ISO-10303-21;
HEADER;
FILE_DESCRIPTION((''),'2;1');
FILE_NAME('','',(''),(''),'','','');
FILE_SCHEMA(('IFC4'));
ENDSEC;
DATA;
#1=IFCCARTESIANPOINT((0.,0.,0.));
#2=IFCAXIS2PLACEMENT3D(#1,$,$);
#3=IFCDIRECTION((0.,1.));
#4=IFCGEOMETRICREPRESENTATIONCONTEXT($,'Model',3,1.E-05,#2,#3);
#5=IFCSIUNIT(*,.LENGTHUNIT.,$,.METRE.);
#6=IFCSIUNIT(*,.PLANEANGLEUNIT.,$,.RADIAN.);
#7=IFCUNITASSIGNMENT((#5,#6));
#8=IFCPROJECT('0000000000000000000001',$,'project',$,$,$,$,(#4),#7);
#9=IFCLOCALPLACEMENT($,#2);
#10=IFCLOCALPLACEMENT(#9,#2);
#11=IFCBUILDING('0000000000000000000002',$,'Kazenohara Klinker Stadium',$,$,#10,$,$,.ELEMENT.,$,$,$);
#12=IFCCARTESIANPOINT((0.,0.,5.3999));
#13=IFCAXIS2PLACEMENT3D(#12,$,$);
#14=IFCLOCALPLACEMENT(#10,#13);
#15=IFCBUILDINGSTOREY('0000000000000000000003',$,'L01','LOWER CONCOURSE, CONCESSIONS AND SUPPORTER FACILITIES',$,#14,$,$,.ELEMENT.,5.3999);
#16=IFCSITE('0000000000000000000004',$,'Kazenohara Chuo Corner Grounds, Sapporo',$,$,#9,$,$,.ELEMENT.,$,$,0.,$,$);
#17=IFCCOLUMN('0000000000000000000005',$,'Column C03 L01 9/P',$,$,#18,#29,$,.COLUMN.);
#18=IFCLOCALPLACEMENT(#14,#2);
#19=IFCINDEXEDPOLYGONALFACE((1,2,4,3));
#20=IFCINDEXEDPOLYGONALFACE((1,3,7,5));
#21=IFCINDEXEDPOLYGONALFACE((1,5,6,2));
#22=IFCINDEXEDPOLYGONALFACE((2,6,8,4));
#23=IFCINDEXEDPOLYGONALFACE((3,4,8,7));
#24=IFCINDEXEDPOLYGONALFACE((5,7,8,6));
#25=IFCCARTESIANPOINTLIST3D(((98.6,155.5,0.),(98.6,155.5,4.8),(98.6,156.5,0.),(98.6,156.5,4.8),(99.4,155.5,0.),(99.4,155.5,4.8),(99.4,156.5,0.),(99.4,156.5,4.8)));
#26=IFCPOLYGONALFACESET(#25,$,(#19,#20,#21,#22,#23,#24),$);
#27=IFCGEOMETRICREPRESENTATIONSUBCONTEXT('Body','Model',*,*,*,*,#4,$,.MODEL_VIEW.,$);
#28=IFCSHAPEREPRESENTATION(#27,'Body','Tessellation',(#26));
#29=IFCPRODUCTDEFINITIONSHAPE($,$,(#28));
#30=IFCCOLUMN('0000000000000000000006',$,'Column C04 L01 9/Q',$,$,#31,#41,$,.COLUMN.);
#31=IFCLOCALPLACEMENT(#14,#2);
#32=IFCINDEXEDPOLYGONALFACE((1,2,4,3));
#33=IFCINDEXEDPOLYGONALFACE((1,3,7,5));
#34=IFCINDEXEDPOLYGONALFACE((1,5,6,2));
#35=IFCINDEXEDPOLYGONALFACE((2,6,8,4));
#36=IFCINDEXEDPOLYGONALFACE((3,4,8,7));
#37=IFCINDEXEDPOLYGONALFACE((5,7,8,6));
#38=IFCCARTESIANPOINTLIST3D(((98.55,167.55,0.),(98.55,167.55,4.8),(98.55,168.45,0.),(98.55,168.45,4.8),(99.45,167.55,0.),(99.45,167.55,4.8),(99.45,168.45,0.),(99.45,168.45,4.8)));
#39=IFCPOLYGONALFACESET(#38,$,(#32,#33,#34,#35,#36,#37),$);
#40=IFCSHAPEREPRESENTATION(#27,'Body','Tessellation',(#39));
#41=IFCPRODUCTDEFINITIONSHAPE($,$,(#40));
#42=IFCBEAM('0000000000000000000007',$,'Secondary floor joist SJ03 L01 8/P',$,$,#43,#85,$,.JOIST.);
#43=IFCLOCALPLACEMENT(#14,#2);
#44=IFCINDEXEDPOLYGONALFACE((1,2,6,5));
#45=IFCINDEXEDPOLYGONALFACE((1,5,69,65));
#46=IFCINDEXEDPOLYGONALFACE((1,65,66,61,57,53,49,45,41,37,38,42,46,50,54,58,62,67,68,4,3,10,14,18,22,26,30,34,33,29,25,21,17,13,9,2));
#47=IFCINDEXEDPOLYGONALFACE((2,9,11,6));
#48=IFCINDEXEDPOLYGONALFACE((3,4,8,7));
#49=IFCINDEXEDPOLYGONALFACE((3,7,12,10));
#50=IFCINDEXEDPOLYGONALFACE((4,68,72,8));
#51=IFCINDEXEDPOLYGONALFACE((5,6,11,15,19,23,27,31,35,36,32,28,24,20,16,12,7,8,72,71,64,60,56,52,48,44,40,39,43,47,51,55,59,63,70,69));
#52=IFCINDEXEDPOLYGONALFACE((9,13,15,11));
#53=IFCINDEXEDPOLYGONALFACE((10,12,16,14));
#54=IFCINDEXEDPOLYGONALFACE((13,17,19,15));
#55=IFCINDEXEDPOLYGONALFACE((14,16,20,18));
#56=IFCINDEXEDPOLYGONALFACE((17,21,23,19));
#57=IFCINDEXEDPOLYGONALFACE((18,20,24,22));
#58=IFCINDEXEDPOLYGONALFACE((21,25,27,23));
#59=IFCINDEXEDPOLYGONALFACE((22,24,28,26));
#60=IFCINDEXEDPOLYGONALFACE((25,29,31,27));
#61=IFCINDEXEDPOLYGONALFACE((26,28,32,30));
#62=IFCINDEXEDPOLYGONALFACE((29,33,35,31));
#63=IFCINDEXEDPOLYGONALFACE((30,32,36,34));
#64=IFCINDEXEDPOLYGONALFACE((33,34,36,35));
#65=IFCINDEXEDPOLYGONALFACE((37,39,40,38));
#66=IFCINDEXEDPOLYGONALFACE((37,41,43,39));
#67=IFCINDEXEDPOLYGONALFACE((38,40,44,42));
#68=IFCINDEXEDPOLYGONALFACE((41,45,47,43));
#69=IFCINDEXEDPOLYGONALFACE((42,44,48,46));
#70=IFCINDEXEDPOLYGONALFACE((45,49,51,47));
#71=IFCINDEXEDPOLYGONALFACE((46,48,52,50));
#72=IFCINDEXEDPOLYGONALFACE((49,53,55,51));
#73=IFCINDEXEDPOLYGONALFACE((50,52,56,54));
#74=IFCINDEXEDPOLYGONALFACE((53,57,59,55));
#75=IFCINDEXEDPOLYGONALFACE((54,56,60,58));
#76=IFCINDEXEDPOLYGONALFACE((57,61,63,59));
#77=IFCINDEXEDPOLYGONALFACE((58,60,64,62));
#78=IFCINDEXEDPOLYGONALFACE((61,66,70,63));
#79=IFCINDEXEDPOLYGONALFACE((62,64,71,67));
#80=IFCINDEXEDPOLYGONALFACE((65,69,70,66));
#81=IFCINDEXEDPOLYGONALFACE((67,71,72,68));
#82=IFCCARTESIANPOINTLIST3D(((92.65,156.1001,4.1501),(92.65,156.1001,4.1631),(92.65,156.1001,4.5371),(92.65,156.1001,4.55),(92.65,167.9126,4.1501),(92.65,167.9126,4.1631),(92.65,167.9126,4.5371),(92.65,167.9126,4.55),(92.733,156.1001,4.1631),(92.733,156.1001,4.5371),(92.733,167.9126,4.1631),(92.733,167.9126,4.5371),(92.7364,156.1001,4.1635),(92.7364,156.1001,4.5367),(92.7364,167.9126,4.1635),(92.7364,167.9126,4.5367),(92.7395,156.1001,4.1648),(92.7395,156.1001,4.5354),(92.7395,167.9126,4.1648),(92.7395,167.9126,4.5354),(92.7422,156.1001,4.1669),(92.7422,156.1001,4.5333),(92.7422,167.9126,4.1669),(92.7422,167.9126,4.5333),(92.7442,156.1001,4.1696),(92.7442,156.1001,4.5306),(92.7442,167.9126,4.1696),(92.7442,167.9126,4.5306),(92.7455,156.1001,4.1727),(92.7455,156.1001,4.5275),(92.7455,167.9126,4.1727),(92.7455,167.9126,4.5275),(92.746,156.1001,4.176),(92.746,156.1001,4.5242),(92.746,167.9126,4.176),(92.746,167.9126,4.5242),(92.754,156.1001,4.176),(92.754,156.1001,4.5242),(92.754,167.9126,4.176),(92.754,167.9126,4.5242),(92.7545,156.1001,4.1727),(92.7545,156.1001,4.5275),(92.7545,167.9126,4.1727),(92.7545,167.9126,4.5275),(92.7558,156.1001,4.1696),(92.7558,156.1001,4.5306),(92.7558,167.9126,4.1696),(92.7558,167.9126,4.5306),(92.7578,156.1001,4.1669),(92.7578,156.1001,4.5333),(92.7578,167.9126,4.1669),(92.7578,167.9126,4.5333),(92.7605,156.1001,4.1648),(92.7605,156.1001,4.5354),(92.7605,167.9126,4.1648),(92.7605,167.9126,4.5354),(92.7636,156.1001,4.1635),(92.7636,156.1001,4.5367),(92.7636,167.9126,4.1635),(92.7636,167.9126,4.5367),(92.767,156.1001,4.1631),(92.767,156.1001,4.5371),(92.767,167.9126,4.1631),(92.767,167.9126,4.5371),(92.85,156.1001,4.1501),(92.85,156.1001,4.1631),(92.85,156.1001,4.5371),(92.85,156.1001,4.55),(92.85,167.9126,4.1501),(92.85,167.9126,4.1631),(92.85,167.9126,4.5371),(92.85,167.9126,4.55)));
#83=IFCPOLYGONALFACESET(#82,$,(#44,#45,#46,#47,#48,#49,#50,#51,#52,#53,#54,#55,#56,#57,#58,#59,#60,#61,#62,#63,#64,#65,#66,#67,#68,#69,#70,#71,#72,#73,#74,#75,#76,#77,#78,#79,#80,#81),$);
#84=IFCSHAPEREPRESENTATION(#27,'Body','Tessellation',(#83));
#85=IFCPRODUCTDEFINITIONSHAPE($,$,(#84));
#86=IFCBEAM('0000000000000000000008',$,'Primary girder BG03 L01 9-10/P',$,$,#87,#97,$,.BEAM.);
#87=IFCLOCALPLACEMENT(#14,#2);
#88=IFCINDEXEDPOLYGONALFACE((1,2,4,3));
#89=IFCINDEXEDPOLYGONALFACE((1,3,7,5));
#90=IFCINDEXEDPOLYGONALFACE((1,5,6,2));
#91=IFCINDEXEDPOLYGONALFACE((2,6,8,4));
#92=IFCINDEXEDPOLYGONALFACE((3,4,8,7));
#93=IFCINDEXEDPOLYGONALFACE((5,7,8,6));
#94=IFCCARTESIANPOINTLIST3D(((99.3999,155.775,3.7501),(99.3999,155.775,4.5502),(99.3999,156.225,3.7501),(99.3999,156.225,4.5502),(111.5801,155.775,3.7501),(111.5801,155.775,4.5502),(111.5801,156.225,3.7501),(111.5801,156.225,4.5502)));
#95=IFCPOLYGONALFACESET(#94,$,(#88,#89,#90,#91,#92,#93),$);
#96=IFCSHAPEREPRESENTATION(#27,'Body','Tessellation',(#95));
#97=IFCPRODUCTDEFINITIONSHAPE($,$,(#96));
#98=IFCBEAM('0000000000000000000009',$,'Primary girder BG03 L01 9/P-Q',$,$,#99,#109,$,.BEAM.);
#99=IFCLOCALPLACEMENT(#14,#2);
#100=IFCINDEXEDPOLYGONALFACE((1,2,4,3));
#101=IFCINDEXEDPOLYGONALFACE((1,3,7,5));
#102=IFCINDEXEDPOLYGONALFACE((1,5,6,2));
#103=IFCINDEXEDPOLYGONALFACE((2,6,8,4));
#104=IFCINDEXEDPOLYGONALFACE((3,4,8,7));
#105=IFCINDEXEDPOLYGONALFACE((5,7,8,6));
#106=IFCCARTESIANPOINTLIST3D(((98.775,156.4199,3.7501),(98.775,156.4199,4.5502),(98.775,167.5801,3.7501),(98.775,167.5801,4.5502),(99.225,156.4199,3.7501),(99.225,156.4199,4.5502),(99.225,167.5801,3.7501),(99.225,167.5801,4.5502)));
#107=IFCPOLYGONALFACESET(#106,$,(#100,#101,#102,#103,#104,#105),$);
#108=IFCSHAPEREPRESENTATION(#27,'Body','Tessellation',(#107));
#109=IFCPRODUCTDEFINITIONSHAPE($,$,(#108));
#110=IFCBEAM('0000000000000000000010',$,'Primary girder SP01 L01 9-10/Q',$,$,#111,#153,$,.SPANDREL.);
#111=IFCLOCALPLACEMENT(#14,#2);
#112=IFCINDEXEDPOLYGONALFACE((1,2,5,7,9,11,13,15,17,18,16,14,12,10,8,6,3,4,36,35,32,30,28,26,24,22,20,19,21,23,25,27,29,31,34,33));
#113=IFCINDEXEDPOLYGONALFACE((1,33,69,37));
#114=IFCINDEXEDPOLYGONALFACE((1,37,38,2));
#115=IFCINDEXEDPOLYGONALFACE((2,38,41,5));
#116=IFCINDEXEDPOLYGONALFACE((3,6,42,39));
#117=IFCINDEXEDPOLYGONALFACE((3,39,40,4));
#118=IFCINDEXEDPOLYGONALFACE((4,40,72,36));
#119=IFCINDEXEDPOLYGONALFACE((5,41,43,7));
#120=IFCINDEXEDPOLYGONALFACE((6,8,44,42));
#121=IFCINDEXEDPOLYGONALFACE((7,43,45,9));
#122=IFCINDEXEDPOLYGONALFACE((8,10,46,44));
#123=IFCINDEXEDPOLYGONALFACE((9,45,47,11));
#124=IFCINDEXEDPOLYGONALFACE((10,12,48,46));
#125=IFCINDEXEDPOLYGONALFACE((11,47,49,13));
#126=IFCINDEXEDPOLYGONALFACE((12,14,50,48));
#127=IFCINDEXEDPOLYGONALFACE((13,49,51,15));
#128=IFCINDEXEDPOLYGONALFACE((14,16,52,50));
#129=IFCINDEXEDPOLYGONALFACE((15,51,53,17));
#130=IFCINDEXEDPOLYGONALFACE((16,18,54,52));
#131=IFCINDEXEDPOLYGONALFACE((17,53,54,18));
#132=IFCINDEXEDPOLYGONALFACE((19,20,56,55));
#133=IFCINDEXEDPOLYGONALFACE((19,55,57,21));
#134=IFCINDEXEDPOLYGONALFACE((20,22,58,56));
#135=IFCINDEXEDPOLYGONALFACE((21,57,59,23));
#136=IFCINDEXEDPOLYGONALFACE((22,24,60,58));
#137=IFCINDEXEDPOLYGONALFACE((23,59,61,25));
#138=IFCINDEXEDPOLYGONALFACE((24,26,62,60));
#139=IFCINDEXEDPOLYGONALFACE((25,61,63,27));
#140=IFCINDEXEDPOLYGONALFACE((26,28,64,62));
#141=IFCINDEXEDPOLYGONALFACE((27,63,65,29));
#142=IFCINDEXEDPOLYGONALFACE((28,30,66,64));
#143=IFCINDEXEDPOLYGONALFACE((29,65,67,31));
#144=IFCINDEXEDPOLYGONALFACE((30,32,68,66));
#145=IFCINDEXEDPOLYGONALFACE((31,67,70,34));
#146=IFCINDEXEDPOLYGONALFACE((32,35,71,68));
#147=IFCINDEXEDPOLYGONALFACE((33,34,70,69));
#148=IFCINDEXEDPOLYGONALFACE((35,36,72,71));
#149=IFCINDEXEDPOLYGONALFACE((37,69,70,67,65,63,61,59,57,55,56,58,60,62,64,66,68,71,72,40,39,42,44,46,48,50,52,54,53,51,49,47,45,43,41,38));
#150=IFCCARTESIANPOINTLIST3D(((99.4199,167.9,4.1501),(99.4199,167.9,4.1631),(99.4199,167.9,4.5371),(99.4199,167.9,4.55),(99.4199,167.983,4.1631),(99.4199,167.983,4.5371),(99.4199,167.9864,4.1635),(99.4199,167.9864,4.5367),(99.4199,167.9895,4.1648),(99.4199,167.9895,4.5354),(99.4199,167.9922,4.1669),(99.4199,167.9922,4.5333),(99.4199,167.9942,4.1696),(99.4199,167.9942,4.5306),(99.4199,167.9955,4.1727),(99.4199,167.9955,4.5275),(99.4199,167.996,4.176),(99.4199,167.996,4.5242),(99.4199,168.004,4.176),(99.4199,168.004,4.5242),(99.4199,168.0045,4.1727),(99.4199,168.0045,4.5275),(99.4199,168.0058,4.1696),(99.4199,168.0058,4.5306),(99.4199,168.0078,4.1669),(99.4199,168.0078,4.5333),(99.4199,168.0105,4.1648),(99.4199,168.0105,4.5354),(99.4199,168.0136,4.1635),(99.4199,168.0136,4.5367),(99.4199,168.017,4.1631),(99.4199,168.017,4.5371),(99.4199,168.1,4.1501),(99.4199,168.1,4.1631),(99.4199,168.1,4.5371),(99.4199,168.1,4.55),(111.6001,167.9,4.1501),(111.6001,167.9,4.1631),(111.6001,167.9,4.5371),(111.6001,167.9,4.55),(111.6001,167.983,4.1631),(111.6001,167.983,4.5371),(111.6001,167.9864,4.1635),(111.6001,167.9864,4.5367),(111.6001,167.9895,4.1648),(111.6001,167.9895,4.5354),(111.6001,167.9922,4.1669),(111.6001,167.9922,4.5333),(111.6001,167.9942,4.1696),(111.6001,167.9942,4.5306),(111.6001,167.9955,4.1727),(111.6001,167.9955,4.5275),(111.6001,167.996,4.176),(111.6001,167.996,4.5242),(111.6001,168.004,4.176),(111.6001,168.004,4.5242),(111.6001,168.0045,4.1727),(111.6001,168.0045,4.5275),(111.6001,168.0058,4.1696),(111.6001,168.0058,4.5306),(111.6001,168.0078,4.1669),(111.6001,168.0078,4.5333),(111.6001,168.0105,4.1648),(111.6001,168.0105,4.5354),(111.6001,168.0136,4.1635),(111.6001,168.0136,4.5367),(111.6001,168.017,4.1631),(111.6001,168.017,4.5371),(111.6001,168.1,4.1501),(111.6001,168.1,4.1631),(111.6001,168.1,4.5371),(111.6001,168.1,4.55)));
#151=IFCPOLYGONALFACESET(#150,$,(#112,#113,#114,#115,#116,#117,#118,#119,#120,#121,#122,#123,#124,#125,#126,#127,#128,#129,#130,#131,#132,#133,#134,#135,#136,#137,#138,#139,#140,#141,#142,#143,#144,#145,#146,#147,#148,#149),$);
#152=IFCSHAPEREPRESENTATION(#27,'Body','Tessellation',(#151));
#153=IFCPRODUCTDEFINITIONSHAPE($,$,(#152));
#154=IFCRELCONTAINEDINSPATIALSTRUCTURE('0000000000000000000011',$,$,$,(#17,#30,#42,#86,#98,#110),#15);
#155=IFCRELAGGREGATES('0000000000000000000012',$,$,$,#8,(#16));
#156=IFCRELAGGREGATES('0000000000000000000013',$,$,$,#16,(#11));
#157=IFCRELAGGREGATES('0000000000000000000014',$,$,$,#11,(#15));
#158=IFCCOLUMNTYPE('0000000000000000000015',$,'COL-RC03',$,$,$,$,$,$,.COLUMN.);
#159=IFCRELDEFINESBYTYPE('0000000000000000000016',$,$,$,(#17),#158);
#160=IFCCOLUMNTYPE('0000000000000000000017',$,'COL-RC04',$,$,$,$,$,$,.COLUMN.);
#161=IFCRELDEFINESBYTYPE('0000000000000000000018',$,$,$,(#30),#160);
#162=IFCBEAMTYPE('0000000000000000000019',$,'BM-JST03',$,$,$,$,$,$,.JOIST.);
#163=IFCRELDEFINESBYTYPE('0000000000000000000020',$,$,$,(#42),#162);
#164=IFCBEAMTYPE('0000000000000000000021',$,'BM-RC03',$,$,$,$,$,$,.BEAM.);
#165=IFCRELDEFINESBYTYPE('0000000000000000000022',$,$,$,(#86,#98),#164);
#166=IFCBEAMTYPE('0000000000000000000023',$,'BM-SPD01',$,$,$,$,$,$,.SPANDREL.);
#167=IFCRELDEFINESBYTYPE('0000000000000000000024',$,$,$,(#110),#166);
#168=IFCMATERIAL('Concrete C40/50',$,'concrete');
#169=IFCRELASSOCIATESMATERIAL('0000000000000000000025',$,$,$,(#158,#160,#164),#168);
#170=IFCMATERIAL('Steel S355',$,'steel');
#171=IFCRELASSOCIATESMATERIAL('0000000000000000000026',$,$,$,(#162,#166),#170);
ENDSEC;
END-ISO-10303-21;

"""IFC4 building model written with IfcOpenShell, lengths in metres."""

from ifc_helpers import new_model, si_unit, direction, frame, origin, origin_2d, place, context, subcontext, project, spatial, rectangle, i_section, extrude, material, material_profile, profile_set, type_object, element, save


model = new_model("IFC4")

# Units and contexts
model_context = context("Model", 3, precision=1e-05, world=origin(), true_north=direction((0.0, 1.0)))
body_context = subcontext(model_context, "Body", "Model", "MODEL_VIEW")
ifc_project = project(units=[si_unit("LENGTHUNIT", "METRE"), si_unit("PLANEANGLEUNIT", "RADIAN")], contexts=[model_context])

# Site, building, storey
site_placement = place(None, origin())
site = spatial("IfcSite", under=ifc_project, at=site_placement, Name="Kazenohara Chuo Corner Grounds, Sapporo", CompositionType="ELEMENT", RefElevation=0.0)
building_placement = place(site_placement, origin())
building = spatial("IfcBuilding", under=site, at=building_placement, Name="Kazenohara Klinker Stadium", CompositionType="ELEMENT")
storey_placement = place(building_placement, frame((0.0, 0.0, 5.3999)))
storey = spatial("IfcBuildingStorey", under=building, at=storey_placement, Name="L01", Description="LOWER CONCOURSE, CONCESSIONS AND SUPPORTER FACILITIES", CompositionType="ELEMENT", Elevation=5.3999)

# Columns
ifc_material_1 = material(Name="Concrete C40/50", Category="concrete")
ifc_material_profile_1 = material_profile(ifc_material_1, rectangle(XDim=0.8, YDim=1.0, at=origin_2d()), Name="RC-COL-1000x800")
ifc_profile_set_1 = profile_set([ifc_material_profile_1], Name="Concrete C40/50")
column_type_1 = type_object("IfcColumnType", Name="COL-RC03", PredefinedType="COLUMN", material=ifc_profile_set_1)
column_1_placement = place(storey_placement, frame((99.0, 156.0, 0.0), z_axis=(0.0, 0.0, 1.0), x_axis=(1.0, 0.0, 0.0)))
element("IfcColumn", 1, at=column_1_placement, inside=storey, type_object=column_type_1, Name="Column C03 L01 9/P", PredefinedType="COLUMN", context=body_context, shape_type="SweptSolid", body=[
    extrude(rectangle(XDim=0.8, YDim=1.0, at=origin_2d()), origin(), (0.0, 0.0, 1.0), 4.8),
])
ifc_material_profile_2 = material_profile(ifc_material_1, rectangle(XDim=0.8999, YDim=0.8999, at=origin_2d()), Name="RC-COL-900x900")
ifc_profile_set_2 = profile_set([ifc_material_profile_2], Name="Concrete C40/50")
column_type_2 = type_object("IfcColumnType", Name="COL-RC04", PredefinedType="COLUMN", material=ifc_profile_set_2)
column_2_placement = place(storey_placement, frame((99.0, 168.0, 0.0), z_axis=(0.0, 0.0, 1.0), x_axis=(1.0, 0.0, 0.0)))
element("IfcColumn", 2, at=column_2_placement, inside=storey, type_object=column_type_2, Name="Column C04 L01 9/Q", PredefinedType="COLUMN", context=body_context, shape_type="SweptSolid", body=[
    extrude(rectangle(XDim=0.8999, YDim=0.8999, at=origin_2d()), origin(), (0.0, 0.0, 1.0), 4.8),
])

# Beams
ifc_material_2 = material(Name="Steel S355", Category="steel")
ifc_material_profile_3 = material_profile(ifc_material_2, i_section(OverallWidth=0.2, OverallDepth=0.3999, WebThickness=0.0081, FlangeThickness=0.0129, FilletRadius=0.0129, at=origin_2d()), Name="H-400x200x8x13")
ifc_profile_set_3 = profile_set([ifc_material_profile_3], Name="Steel S355")
beam_type_1 = type_object("IfcBeamType", Name="BM-JST03", PredefinedType="JOIST", material=ifc_profile_set_3)
beam_1_placement = place(storey_placement, frame((92.75, 156.1001, 4.3501), z_axis=(0.0, 1.0, 0.0), x_axis=(-1.0, 0.0, 0.0)))
element("IfcBeam", 3, at=beam_1_placement, inside=storey, type_object=beam_type_1, Name="Secondary floor joist SJ03 L01 8/P", PredefinedType="JOIST", context=body_context, shape_type="SweptSolid", body=[
    extrude(i_section(OverallWidth=0.2, OverallDepth=0.3999, WebThickness=0.0081, FlangeThickness=0.0129, FilletRadius=0.0129, at=origin_2d()), origin(), (0.0, 0.0, 1.0), 11.8125),
])
ifc_material_profile_4 = material_profile(ifc_material_1, rectangle(XDim=0.45, YDim=0.8, at=origin_2d()), Name="RC-BM-450x800")
ifc_profile_set_4 = profile_set([ifc_material_profile_4], Name="Concrete C40/50")
beam_type_2 = type_object("IfcBeamType", Name="BM-RC03", PredefinedType="BEAM", material=ifc_profile_set_4)
beam_2_placement = place(storey_placement, frame((99.3999, 156.0, 4.1501), z_axis=(1.0, 0.0, 0.0), x_axis=(0.0, 1.0, 0.0)))
element("IfcBeam", 4, at=beam_2_placement, inside=storey, type_object=beam_type_2, Name="Primary girder BG03 L01 9-10/P", PredefinedType="BEAM", context=body_context, shape_type="SweptSolid", body=[
    extrude(rectangle(XDim=0.45, YDim=0.8, at=origin_2d()), origin(), (0.0, 0.0, 1.0), 12.1802),
])
beam_3_placement = place(storey_placement, frame((99.0, 156.4199, 4.1501), z_axis=(0.0, 1.0, 0.0), x_axis=(-1.0, 0.0, 0.0)))
element("IfcBeam", 5, at=beam_3_placement, inside=storey, type_object=beam_type_2, Name="Primary girder BG03 L01 9/P-Q", PredefinedType="BEAM", context=body_context, shape_type="SweptSolid", body=[
    extrude(rectangle(XDim=0.45, YDim=0.8, at=origin_2d()), origin(), (0.0, 0.0, 1.0), 11.1602),
])
ifc_material_profile_5 = material_profile(ifc_material_2, i_section(OverallWidth=0.2, OverallDepth=0.3999, WebThickness=0.0081, FlangeThickness=0.0129, FilletRadius=0.0129, at=origin_2d()), Name="H-400x200x8x13")
ifc_profile_set_5 = profile_set([ifc_material_profile_5], Name="Steel S355")
beam_type_3 = type_object("IfcBeamType", Name="BM-SPD01", PredefinedType="SPANDREL", material=ifc_profile_set_5)
beam_4_placement = place(storey_placement, frame((99.4199, 168.0, 4.3501), z_axis=(1.0, 0.0, 0.0), x_axis=(0.0, 1.0, 0.0)))
element("IfcBeam", 6, at=beam_4_placement, inside=storey, type_object=beam_type_3, Name="Primary girder SP01 L01 9-10/Q", PredefinedType="SPANDREL", context=body_context, shape_type="SweptSolid", body=[
    extrude(i_section(OverallWidth=0.2, OverallDepth=0.3999, WebThickness=0.0081, FlangeThickness=0.0129, FilletRadius=0.0129, at=origin_2d()), origin(), (0.0, 0.0, 1.0), 12.1802),
])

save(model, "model.ifc")
